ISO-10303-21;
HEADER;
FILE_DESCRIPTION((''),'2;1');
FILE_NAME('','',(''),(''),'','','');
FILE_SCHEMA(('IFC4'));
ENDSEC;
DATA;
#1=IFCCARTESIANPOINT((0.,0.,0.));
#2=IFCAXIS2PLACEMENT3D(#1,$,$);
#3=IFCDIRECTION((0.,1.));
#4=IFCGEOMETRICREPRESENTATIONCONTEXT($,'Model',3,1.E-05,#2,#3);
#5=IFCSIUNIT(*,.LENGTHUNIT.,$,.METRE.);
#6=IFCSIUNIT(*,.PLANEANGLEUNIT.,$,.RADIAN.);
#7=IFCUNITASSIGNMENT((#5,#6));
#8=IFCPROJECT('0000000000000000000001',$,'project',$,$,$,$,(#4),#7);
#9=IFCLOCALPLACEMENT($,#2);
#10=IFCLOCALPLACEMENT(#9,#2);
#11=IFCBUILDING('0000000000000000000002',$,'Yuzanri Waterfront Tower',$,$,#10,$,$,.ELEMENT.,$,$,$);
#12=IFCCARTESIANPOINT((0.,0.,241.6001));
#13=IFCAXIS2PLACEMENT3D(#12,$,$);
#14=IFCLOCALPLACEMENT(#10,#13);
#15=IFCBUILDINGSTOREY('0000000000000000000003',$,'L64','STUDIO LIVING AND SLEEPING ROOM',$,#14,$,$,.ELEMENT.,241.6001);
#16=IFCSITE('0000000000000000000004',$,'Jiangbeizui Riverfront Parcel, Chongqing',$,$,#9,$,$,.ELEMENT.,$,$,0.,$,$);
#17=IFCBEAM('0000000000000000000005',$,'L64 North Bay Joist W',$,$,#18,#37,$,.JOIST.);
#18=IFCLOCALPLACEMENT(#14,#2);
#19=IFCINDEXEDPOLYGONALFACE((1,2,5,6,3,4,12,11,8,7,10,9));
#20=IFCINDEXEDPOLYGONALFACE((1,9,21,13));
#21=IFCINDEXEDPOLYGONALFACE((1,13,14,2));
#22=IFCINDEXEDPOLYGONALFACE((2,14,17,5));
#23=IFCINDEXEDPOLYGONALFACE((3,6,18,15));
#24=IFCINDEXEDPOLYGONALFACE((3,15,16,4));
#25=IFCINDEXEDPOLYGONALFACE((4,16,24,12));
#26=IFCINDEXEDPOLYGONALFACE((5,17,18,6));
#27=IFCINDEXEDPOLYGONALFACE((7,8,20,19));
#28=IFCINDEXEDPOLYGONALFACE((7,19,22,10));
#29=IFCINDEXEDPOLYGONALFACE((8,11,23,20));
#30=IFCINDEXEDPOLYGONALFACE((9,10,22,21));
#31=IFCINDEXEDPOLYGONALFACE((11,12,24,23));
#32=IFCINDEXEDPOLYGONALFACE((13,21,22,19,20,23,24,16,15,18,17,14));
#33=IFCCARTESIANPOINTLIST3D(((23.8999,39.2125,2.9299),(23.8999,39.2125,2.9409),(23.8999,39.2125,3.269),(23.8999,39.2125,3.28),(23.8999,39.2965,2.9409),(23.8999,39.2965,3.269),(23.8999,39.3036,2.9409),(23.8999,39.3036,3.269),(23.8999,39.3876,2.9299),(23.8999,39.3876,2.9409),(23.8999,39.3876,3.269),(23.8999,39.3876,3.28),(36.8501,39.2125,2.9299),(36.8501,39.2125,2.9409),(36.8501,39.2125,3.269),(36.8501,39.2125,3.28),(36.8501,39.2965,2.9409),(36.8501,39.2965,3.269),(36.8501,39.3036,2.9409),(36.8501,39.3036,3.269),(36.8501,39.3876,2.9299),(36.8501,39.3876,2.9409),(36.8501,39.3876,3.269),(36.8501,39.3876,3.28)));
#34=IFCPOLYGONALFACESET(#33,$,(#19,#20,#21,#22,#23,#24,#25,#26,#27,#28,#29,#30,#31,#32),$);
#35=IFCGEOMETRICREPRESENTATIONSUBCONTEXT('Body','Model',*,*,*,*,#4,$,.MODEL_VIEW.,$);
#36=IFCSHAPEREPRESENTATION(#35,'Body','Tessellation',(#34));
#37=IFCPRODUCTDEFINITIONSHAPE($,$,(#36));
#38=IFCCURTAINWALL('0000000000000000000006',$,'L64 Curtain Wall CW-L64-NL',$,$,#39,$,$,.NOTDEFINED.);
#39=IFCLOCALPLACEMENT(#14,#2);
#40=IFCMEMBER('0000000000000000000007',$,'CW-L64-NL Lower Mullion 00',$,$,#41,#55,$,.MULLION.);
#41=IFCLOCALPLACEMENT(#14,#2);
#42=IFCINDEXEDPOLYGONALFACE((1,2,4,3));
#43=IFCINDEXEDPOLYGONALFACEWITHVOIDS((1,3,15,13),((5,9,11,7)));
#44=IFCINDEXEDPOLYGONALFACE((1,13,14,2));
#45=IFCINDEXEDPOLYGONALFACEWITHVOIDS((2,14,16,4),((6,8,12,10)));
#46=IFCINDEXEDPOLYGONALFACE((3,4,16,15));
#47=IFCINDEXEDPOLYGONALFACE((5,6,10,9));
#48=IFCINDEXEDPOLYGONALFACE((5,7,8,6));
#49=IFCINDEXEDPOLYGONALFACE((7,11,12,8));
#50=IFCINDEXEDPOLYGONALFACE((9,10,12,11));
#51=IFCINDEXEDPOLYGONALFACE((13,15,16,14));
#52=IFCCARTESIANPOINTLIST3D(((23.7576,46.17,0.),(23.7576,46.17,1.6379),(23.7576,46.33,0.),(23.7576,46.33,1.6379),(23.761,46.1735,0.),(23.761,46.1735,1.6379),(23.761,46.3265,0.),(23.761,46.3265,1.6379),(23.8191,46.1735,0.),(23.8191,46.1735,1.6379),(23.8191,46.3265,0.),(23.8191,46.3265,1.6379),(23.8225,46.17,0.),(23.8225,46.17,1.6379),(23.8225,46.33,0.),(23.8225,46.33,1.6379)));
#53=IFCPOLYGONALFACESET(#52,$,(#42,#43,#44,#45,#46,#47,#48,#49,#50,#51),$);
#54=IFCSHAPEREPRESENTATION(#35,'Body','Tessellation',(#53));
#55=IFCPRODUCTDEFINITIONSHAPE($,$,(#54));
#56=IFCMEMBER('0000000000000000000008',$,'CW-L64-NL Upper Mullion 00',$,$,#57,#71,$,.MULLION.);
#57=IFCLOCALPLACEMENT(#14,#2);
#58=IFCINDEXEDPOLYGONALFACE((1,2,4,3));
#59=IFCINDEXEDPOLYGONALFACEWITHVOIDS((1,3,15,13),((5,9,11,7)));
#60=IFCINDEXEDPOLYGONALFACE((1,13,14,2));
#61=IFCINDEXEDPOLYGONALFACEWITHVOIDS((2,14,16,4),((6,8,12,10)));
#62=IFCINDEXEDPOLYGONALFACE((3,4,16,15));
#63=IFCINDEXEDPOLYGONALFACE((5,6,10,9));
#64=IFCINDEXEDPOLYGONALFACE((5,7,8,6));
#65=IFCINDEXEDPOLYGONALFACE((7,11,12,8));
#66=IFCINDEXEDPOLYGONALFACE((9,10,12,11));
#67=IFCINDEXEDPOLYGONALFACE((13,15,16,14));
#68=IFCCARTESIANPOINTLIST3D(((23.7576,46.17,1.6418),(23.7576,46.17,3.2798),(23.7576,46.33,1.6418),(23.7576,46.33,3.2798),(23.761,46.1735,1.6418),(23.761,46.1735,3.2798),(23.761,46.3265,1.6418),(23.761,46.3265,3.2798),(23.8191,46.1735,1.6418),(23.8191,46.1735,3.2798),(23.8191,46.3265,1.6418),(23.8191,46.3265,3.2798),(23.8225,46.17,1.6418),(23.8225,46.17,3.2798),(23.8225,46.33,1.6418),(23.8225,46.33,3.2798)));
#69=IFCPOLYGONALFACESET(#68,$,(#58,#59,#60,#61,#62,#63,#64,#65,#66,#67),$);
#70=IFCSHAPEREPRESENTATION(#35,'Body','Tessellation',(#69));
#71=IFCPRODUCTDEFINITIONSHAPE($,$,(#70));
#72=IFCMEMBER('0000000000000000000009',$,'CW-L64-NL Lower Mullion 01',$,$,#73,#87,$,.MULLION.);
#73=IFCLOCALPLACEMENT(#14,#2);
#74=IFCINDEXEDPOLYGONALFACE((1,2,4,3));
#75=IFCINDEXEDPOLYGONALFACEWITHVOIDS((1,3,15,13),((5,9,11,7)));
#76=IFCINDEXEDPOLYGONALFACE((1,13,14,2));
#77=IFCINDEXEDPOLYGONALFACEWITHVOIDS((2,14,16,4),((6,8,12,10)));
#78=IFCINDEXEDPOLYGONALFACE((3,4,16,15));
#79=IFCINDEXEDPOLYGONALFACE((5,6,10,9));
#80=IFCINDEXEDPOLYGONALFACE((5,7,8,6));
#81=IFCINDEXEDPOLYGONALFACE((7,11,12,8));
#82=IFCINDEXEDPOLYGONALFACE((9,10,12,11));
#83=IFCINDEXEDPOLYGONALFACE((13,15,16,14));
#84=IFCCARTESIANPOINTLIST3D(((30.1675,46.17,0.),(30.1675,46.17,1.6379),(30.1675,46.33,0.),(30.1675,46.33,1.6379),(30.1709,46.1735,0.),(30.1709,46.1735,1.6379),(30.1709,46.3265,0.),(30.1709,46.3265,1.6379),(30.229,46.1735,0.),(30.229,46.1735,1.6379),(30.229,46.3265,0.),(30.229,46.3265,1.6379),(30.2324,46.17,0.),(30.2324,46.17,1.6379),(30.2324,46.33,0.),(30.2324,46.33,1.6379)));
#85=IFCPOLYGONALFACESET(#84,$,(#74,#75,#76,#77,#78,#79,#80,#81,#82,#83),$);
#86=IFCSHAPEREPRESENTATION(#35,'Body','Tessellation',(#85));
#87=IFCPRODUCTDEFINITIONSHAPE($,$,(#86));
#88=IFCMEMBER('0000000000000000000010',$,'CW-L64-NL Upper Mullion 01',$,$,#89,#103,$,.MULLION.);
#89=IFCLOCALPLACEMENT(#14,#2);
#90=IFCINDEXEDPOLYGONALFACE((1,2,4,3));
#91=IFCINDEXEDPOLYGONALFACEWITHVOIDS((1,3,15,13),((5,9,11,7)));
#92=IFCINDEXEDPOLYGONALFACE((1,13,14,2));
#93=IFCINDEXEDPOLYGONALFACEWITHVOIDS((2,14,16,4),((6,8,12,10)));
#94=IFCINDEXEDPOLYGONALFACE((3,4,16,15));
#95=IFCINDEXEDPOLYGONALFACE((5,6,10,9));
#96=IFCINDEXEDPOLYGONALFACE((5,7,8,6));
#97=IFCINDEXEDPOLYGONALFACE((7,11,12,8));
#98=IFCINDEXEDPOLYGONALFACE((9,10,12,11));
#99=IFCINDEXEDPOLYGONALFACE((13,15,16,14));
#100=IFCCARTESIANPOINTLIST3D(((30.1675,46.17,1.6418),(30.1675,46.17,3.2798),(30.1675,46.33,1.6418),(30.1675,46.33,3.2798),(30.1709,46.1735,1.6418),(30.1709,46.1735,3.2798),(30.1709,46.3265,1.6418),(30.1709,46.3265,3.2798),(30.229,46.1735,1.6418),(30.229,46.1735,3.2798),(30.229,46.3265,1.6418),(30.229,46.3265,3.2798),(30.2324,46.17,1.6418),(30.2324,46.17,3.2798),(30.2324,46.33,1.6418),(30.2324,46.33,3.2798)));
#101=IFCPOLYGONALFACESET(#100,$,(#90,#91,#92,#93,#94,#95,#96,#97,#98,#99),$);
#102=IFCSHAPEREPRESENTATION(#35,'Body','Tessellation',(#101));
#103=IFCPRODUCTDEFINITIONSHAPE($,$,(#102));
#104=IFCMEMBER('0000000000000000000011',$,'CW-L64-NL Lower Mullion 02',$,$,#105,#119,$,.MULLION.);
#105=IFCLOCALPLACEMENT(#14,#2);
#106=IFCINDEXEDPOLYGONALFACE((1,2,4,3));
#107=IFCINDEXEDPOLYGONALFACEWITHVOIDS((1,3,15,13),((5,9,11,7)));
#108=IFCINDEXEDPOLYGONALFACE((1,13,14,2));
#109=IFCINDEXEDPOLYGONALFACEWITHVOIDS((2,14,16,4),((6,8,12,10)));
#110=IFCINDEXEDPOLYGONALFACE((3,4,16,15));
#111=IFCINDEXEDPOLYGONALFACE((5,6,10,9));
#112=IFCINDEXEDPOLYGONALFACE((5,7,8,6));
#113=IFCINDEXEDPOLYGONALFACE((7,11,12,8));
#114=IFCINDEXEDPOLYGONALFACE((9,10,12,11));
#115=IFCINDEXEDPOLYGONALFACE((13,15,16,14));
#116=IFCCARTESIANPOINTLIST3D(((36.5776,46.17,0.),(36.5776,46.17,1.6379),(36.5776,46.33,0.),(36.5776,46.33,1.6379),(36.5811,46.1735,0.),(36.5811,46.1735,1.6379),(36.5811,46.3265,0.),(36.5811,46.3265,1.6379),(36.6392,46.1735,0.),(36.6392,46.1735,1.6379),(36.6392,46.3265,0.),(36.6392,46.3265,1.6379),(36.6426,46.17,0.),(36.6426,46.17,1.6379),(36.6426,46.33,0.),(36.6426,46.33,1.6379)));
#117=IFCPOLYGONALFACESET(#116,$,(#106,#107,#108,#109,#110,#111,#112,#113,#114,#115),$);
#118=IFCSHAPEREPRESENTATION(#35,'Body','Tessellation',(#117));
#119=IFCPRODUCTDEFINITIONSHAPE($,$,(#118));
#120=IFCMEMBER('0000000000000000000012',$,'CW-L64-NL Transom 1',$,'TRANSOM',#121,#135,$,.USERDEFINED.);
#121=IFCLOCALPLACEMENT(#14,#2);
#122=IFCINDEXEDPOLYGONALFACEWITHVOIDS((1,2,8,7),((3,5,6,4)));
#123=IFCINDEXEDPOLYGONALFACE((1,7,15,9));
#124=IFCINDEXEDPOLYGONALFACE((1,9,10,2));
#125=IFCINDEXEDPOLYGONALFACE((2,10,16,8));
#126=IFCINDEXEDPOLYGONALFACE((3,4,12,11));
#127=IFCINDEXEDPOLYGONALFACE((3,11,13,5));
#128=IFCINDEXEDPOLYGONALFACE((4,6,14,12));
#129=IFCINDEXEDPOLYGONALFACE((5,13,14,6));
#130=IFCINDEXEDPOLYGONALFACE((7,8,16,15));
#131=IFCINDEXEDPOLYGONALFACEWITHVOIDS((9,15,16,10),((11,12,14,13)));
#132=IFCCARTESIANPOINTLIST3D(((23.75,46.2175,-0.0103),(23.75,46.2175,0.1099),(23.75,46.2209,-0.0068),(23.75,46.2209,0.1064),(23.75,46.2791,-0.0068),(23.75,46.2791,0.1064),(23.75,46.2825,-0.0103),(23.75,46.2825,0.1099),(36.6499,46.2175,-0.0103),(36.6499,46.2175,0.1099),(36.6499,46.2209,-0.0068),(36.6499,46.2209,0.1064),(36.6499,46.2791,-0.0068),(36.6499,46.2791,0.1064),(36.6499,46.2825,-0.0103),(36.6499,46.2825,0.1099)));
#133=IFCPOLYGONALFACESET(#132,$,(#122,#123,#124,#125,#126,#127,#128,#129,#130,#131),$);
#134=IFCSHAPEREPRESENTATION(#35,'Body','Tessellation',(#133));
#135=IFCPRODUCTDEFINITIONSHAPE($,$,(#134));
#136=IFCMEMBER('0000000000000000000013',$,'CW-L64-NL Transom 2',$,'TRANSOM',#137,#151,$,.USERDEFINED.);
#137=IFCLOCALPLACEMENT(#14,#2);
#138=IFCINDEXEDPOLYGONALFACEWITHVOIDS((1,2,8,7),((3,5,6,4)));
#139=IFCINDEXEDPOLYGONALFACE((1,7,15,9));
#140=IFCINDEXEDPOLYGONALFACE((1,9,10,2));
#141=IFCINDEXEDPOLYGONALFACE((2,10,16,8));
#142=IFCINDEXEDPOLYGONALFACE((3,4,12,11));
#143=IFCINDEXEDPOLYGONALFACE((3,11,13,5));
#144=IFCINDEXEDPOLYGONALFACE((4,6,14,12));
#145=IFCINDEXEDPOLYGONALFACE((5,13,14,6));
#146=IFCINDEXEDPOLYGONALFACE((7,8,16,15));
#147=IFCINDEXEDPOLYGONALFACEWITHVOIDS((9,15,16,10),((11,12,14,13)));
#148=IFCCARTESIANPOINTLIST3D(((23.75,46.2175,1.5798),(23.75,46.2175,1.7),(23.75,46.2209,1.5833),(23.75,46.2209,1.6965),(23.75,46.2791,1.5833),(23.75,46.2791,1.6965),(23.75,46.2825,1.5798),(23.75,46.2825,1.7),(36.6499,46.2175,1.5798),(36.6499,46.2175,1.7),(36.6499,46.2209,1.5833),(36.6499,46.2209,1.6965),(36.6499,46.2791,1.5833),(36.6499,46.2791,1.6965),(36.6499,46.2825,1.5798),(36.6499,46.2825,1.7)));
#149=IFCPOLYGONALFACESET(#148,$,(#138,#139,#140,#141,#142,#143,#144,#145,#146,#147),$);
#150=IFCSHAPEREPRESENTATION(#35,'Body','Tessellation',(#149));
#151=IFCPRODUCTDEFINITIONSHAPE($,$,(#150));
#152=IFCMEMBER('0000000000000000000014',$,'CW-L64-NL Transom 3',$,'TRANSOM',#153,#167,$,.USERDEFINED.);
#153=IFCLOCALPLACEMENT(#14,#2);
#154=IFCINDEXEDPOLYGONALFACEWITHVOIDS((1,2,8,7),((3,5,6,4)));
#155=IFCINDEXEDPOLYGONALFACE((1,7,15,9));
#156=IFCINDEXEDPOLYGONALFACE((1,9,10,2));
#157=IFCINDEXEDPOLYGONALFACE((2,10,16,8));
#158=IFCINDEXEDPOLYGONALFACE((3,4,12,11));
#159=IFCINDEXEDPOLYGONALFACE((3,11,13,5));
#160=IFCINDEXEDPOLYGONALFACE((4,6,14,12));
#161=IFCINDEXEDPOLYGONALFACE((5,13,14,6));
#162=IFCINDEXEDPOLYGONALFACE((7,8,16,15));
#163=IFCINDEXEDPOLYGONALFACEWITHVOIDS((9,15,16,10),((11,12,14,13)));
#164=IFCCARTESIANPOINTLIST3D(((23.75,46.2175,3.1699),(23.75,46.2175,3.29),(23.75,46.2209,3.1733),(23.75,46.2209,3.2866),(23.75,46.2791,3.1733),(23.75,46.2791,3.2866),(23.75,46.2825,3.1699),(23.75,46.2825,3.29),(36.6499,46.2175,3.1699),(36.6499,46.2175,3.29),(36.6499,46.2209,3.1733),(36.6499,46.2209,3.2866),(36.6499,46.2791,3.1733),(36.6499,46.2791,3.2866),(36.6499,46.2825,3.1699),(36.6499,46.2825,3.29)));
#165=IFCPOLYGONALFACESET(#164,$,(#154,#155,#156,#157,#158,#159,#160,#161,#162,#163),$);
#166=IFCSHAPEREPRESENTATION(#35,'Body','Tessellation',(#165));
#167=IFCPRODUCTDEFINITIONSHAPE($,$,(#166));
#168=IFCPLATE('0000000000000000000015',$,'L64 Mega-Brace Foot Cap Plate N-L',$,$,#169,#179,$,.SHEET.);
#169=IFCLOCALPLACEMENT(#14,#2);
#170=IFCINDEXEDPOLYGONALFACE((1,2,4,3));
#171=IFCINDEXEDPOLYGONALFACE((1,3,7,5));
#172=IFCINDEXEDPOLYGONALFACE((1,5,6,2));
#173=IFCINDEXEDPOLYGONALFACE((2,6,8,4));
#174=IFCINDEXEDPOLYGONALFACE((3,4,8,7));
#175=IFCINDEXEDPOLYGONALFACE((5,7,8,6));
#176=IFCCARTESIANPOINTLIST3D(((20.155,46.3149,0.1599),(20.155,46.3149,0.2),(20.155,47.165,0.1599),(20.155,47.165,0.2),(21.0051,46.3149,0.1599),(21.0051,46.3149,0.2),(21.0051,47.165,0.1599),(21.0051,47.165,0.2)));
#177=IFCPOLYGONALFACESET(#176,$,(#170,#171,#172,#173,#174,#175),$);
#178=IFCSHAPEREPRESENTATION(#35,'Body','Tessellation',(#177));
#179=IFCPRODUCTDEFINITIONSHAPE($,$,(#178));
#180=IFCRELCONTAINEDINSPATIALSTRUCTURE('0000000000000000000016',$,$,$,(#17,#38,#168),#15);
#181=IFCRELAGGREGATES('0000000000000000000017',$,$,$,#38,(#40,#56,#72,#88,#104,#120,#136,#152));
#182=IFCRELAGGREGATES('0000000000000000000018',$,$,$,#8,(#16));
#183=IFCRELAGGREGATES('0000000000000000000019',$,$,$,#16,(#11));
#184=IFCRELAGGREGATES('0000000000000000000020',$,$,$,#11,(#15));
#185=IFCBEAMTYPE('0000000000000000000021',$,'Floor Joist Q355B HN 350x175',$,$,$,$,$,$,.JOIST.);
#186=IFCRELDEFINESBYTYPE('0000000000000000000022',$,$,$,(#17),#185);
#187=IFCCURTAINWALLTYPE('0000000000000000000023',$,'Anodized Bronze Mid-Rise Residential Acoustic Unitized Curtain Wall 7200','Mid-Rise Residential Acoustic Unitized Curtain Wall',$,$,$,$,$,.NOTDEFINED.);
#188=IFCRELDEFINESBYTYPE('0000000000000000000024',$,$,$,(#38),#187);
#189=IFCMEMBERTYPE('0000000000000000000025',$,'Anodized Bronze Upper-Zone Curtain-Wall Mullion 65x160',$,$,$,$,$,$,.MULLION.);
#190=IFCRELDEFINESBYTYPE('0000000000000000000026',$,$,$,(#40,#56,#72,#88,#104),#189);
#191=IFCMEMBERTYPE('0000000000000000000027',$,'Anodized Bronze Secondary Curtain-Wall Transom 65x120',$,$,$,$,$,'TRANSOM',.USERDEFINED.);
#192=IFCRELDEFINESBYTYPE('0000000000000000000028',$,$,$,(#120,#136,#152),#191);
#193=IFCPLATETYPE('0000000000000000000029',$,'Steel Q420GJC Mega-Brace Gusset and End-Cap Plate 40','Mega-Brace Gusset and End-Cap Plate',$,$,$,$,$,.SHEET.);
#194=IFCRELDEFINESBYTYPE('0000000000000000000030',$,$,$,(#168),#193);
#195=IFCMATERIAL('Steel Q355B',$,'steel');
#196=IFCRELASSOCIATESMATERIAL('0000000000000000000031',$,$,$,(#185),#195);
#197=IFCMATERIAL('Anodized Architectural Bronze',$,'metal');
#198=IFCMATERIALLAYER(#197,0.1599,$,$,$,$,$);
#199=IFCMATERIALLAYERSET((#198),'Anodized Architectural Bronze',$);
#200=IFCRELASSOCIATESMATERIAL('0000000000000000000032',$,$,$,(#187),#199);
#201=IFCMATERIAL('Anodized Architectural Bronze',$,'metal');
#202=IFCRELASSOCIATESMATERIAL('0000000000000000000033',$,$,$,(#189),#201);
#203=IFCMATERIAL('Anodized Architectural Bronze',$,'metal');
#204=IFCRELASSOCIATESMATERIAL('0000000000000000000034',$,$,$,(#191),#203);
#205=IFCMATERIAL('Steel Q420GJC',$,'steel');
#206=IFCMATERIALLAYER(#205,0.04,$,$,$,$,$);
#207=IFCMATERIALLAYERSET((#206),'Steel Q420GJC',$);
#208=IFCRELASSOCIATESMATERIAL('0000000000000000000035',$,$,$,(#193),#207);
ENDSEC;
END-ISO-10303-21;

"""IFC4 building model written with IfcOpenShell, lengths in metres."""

from ifc_helpers import new_model, si_unit, direction, frame, origin, origin_2d, place, context, subcontext, project, spatial, rectangle, hollow_rectangle, i_section, extrude, source, transform, mapped, material, layer, layer_set, material_profile, profile_set, type_object, element, aggregate, save


model = new_model("IFC4")

# Units and contexts
model_context = context("Model", 3, precision=1e-05, world=origin(), true_north=direction((0.0, 1.0)))
body_context = subcontext(model_context, "Body", "Model", "MODEL_VIEW")
ifc_project = project(units=[si_unit("LENGTHUNIT", "METRE"), si_unit("PLANEANGLEUNIT", "RADIAN")], contexts=[model_context])

# Site, building, storey
site_placement = place(None, origin())
site = spatial("IfcSite", under=ifc_project, at=site_placement, Name="Jiangbeizui Riverfront Parcel, Chongqing", CompositionType="ELEMENT", RefElevation=0.0)
building_placement = place(site_placement, origin())
building = spatial("IfcBuilding", under=site, at=building_placement, Name="Yuzanri Waterfront Tower", CompositionType="ELEMENT")
storey_placement = place(building_placement, frame((0.0, 0.0, 241.6001)))
storey = spatial("IfcBuildingStorey", under=building, at=storey_placement, Name="L64", Description="STUDIO LIVING AND SLEEPING ROOM", CompositionType="ELEMENT", Elevation=241.6001)

# Beam
ifc_material_1 = material(Name="Steel Q355B", Category="steel")
ifc_material_profile_1 = material_profile(ifc_material_1, i_section(OverallWidth=0.175, OverallDepth=0.3501, WebThickness=0.0071, FlangeThickness=0.011, at=origin_2d()), Name="HN 350x175x7x11")
ifc_profile_set_1 = profile_set([ifc_material_profile_1], Name="Steel Q355B")
beam_type = type_object("IfcBeamType", Name="Floor Joist Q355B HN 350x175", PredefinedType="JOIST", material=ifc_profile_set_1)
shared_shape_1 = source(origin(), body_context, "Body", "SweptSolid", [
    extrude(i_section(OverallWidth=0.175, OverallDepth=0.3501, WebThickness=0.0071, FlangeThickness=0.011, at=origin_2d()), origin(), (0.0, 0.0, 1.0), 12.9502),
])
beam_placement = place(storey_placement, frame((23.8999, 39.3, 3.105), z_axis=(1.0, 0.0, 0.0), x_axis=(0.0, 1.0, 0.0)))
element("IfcBeam", 1, at=beam_placement, inside=storey, type_object=beam_type, Name="L64 North Bay Joist W", PredefinedType="JOIST", context=body_context, shape_type="MappedRepresentation", body=[
    mapped(shared_shape_1, transform((0.0, 0.0, 0.0), scale=1.0)),
])

# Curtain wall, members
ifc_material_2 = material(Name="Anodized Architectural Bronze", Category="metal")
ifc_layer_1 = layer(ifc_material_2, 0.1599)
ifc_layer_set_1 = layer_set([ifc_layer_1], Name="Anodized Architectural Bronze")
curtain_wall_type = type_object("IfcCurtainWallType", Name="Anodized Bronze Mid-Rise Residential Acoustic Unitized Curtain Wall 7200", Description="Mid-Rise Residential Acoustic Unitized Curtain Wall", PredefinedType="NOTDEFINED", material=ifc_layer_set_1)
curtain_wall_placement = place(storey_placement, origin())
curtain_wall = element("IfcCurtainWall", 2, at=curtain_wall_placement, inside=storey, type_object=curtain_wall_type, Name="L64 Curtain Wall CW-L64-NL", PredefinedType="NOTDEFINED")
ifc_material_3 = material(Name="Anodized Architectural Bronze", Category="metal")
ifc_material_profile_2 = material_profile(ifc_material_3, hollow_rectangle(XDim=0.0649, YDim=0.1599, WallThickness=0.0034, at=origin_2d()), Name="CWM 65x160")
ifc_profile_set_2 = profile_set([ifc_material_profile_2], Name="Anodized Architectural Bronze")
member_type_1 = type_object("IfcMemberType", Name="Anodized Bronze Upper-Zone Curtain-Wall Mullion 65x160", PredefinedType="MULLION", material=ifc_profile_set_2)
shared_shape_2 = source(origin(), body_context, "Body", "SweptSolid", [
    extrude(hollow_rectangle(XDim=0.0649, YDim=0.1599, WallThickness=0.0034, at=origin_2d()), origin(), (0.0, 0.0, 1.0), 1.6379),
])
member_1_placement = place(storey_placement, frame((23.79, 46.25, 0.0), z_axis=(0.0, 0.0, 1.0), x_axis=(1.0, 0.0, 0.0)))
member_1 = element("IfcMember", 3, at=member_1_placement, type_object=member_type_1, Name="CW-L64-NL Lower Mullion 00", PredefinedType="MULLION", context=body_context, shape_type="MappedRepresentation", body=[
    mapped(shared_shape_2, transform((0.0, 0.0, 0.0), scale=1.0)),
])
member_2_placement = place(storey_placement, frame((23.79, 46.25, 1.6418), z_axis=(0.0, 0.0, 1.0), x_axis=(1.0, 0.0, 0.0)))
member_2 = element("IfcMember", 4, at=member_2_placement, type_object=member_type_1, Name="CW-L64-NL Upper Mullion 00", PredefinedType="MULLION", context=body_context, shape_type="MappedRepresentation", body=[
    mapped(shared_shape_2, transform((0.0, 0.0, 0.0), scale=1.0)),
])
member_3_placement = place(storey_placement, frame((30.2, 46.25, 0.0), z_axis=(0.0, 0.0, 1.0), x_axis=(1.0, 0.0, 0.0)))
member_3 = element("IfcMember", 5, at=member_3_placement, type_object=member_type_1, Name="CW-L64-NL Lower Mullion 01", PredefinedType="MULLION", context=body_context, shape_type="MappedRepresentation", body=[
    mapped(shared_shape_2, transform((0.0, 0.0, 0.0), scale=1.0)),
])
member_4_placement = place(storey_placement, frame((30.2, 46.25, 1.6418), z_axis=(0.0, 0.0, 1.0), x_axis=(1.0, 0.0, 0.0)))
member_4 = element("IfcMember", 6, at=member_4_placement, type_object=member_type_1, Name="CW-L64-NL Upper Mullion 01", PredefinedType="MULLION", context=body_context, shape_type="MappedRepresentation", body=[
    mapped(shared_shape_2, transform((0.0, 0.0, 0.0), scale=1.0)),
])
member_5_placement = place(storey_placement, frame((36.6101, 46.25, 0.0), z_axis=(0.0, 0.0, 1.0), x_axis=(1.0, 0.0, 0.0)))
member_5 = element("IfcMember", 7, at=member_5_placement, type_object=member_type_1, Name="CW-L64-NL Lower Mullion 02", PredefinedType="MULLION", context=body_context, shape_type="MappedRepresentation", body=[
    mapped(shared_shape_2, transform((0.0, 0.0, 0.0), scale=1.0)),
])
ifc_material_4 = material(Name="Anodized Architectural Bronze", Category="metal")
ifc_material_profile_3 = material_profile(ifc_material_4, hollow_rectangle(XDim=0.0649, YDim=0.1201, WallThickness=0.0034, at=origin_2d()), Name="CWT 65x120")
ifc_profile_set_3 = profile_set([ifc_material_profile_3], Name="Anodized Architectural Bronze")
member_type_2 = type_object("IfcMemberType", Name="Anodized Bronze Secondary Curtain-Wall Transom 65x120", ElementType="TRANSOM", PredefinedType="USERDEFINED", material=ifc_profile_set_3)
shared_shape_3 = source(origin(), body_context, "Body", "SweptSolid", [
    extrude(hollow_rectangle(XDim=0.0649, YDim=0.1201, WallThickness=0.0034, at=origin_2d()), origin(), (0.0, 0.0, 1.0), 12.8999),
])
member_6_placement = place(storey_placement, frame((23.75, 46.25, 0.0498), z_axis=(1.0, 0.0, 0.0), x_axis=(0.0, 1.0, 0.0)))
member_6 = element("IfcMember", 8, at=member_6_placement, type_object=member_type_2, Name="CW-L64-NL Transom 1", ObjectType="TRANSOM", PredefinedType="USERDEFINED", context=body_context, shape_type="MappedRepresentation", body=[
    mapped(shared_shape_3, transform((0.0, 0.0, 0.0), scale=1.0)),
])
member_7_placement = place(storey_placement, frame((23.75, 46.25, 1.6399), z_axis=(1.0, 0.0, 0.0), x_axis=(0.0, 1.0, 0.0)))
member_7 = element("IfcMember", 9, at=member_7_placement, type_object=member_type_2, Name="CW-L64-NL Transom 2", ObjectType="TRANSOM", PredefinedType="USERDEFINED", context=body_context, shape_type="MappedRepresentation", body=[
    mapped(shared_shape_3, transform((0.0, 0.0, 0.0), scale=1.0)),
])
member_8_placement = place(storey_placement, frame((23.75, 46.25, 3.23), z_axis=(1.0, 0.0, 0.0), x_axis=(0.0, 1.0, 0.0)))
member_8 = element("IfcMember", 10, at=member_8_placement, type_object=member_type_2, Name="CW-L64-NL Transom 3", ObjectType="TRANSOM", PredefinedType="USERDEFINED", context=body_context, shape_type="MappedRepresentation", body=[
    mapped(shared_shape_3, transform((0.0, 0.0, 0.0), scale=1.0)),
])

# Plate
ifc_material_5 = material(Name="Steel Q420GJC", Category="steel")
ifc_layer_2 = layer(ifc_material_5, 0.04)
ifc_layer_set_2 = layer_set([ifc_layer_2], Name="Steel Q420GJC")
plate_type_1 = type_object("IfcPlateType", Name="Steel Q420GJC Mega-Brace Gusset and End-Cap Plate 40", Description="Mega-Brace Gusset and End-Cap Plate", PredefinedType="SHEET", material=ifc_layer_set_2)
shared_shape_4 = source(origin(), body_context, "Body", "SweptSolid", [
    extrude(rectangle(XDim=0.8501, YDim=0.8501, at=origin_2d()), origin(), (0.0, 0.0, 1.0), 0.04),
])
plate_1_placement = place(storey_placement, frame((20.5801, 46.74, 0.1599), z_axis=(0.0, 0.0, 1.0), x_axis=(1.0, 0.0, 0.0)))
element("IfcPlate", 11, at=plate_1_placement, inside=storey, type_object=plate_type_1, Name="L64 Mega-Brace Foot Cap Plate N-L", PredefinedType="SHEET", context=body_context, shape_type="MappedRepresentation", body=[
    mapped(shared_shape_4, transform((0.0, 0.0, 0.0), scale=1.0)),
])
aggregate(curtain_wall, [member_1, member_2, member_3, member_4, member_5, member_6, member_7, member_8])

save(model, "model.ifc")
